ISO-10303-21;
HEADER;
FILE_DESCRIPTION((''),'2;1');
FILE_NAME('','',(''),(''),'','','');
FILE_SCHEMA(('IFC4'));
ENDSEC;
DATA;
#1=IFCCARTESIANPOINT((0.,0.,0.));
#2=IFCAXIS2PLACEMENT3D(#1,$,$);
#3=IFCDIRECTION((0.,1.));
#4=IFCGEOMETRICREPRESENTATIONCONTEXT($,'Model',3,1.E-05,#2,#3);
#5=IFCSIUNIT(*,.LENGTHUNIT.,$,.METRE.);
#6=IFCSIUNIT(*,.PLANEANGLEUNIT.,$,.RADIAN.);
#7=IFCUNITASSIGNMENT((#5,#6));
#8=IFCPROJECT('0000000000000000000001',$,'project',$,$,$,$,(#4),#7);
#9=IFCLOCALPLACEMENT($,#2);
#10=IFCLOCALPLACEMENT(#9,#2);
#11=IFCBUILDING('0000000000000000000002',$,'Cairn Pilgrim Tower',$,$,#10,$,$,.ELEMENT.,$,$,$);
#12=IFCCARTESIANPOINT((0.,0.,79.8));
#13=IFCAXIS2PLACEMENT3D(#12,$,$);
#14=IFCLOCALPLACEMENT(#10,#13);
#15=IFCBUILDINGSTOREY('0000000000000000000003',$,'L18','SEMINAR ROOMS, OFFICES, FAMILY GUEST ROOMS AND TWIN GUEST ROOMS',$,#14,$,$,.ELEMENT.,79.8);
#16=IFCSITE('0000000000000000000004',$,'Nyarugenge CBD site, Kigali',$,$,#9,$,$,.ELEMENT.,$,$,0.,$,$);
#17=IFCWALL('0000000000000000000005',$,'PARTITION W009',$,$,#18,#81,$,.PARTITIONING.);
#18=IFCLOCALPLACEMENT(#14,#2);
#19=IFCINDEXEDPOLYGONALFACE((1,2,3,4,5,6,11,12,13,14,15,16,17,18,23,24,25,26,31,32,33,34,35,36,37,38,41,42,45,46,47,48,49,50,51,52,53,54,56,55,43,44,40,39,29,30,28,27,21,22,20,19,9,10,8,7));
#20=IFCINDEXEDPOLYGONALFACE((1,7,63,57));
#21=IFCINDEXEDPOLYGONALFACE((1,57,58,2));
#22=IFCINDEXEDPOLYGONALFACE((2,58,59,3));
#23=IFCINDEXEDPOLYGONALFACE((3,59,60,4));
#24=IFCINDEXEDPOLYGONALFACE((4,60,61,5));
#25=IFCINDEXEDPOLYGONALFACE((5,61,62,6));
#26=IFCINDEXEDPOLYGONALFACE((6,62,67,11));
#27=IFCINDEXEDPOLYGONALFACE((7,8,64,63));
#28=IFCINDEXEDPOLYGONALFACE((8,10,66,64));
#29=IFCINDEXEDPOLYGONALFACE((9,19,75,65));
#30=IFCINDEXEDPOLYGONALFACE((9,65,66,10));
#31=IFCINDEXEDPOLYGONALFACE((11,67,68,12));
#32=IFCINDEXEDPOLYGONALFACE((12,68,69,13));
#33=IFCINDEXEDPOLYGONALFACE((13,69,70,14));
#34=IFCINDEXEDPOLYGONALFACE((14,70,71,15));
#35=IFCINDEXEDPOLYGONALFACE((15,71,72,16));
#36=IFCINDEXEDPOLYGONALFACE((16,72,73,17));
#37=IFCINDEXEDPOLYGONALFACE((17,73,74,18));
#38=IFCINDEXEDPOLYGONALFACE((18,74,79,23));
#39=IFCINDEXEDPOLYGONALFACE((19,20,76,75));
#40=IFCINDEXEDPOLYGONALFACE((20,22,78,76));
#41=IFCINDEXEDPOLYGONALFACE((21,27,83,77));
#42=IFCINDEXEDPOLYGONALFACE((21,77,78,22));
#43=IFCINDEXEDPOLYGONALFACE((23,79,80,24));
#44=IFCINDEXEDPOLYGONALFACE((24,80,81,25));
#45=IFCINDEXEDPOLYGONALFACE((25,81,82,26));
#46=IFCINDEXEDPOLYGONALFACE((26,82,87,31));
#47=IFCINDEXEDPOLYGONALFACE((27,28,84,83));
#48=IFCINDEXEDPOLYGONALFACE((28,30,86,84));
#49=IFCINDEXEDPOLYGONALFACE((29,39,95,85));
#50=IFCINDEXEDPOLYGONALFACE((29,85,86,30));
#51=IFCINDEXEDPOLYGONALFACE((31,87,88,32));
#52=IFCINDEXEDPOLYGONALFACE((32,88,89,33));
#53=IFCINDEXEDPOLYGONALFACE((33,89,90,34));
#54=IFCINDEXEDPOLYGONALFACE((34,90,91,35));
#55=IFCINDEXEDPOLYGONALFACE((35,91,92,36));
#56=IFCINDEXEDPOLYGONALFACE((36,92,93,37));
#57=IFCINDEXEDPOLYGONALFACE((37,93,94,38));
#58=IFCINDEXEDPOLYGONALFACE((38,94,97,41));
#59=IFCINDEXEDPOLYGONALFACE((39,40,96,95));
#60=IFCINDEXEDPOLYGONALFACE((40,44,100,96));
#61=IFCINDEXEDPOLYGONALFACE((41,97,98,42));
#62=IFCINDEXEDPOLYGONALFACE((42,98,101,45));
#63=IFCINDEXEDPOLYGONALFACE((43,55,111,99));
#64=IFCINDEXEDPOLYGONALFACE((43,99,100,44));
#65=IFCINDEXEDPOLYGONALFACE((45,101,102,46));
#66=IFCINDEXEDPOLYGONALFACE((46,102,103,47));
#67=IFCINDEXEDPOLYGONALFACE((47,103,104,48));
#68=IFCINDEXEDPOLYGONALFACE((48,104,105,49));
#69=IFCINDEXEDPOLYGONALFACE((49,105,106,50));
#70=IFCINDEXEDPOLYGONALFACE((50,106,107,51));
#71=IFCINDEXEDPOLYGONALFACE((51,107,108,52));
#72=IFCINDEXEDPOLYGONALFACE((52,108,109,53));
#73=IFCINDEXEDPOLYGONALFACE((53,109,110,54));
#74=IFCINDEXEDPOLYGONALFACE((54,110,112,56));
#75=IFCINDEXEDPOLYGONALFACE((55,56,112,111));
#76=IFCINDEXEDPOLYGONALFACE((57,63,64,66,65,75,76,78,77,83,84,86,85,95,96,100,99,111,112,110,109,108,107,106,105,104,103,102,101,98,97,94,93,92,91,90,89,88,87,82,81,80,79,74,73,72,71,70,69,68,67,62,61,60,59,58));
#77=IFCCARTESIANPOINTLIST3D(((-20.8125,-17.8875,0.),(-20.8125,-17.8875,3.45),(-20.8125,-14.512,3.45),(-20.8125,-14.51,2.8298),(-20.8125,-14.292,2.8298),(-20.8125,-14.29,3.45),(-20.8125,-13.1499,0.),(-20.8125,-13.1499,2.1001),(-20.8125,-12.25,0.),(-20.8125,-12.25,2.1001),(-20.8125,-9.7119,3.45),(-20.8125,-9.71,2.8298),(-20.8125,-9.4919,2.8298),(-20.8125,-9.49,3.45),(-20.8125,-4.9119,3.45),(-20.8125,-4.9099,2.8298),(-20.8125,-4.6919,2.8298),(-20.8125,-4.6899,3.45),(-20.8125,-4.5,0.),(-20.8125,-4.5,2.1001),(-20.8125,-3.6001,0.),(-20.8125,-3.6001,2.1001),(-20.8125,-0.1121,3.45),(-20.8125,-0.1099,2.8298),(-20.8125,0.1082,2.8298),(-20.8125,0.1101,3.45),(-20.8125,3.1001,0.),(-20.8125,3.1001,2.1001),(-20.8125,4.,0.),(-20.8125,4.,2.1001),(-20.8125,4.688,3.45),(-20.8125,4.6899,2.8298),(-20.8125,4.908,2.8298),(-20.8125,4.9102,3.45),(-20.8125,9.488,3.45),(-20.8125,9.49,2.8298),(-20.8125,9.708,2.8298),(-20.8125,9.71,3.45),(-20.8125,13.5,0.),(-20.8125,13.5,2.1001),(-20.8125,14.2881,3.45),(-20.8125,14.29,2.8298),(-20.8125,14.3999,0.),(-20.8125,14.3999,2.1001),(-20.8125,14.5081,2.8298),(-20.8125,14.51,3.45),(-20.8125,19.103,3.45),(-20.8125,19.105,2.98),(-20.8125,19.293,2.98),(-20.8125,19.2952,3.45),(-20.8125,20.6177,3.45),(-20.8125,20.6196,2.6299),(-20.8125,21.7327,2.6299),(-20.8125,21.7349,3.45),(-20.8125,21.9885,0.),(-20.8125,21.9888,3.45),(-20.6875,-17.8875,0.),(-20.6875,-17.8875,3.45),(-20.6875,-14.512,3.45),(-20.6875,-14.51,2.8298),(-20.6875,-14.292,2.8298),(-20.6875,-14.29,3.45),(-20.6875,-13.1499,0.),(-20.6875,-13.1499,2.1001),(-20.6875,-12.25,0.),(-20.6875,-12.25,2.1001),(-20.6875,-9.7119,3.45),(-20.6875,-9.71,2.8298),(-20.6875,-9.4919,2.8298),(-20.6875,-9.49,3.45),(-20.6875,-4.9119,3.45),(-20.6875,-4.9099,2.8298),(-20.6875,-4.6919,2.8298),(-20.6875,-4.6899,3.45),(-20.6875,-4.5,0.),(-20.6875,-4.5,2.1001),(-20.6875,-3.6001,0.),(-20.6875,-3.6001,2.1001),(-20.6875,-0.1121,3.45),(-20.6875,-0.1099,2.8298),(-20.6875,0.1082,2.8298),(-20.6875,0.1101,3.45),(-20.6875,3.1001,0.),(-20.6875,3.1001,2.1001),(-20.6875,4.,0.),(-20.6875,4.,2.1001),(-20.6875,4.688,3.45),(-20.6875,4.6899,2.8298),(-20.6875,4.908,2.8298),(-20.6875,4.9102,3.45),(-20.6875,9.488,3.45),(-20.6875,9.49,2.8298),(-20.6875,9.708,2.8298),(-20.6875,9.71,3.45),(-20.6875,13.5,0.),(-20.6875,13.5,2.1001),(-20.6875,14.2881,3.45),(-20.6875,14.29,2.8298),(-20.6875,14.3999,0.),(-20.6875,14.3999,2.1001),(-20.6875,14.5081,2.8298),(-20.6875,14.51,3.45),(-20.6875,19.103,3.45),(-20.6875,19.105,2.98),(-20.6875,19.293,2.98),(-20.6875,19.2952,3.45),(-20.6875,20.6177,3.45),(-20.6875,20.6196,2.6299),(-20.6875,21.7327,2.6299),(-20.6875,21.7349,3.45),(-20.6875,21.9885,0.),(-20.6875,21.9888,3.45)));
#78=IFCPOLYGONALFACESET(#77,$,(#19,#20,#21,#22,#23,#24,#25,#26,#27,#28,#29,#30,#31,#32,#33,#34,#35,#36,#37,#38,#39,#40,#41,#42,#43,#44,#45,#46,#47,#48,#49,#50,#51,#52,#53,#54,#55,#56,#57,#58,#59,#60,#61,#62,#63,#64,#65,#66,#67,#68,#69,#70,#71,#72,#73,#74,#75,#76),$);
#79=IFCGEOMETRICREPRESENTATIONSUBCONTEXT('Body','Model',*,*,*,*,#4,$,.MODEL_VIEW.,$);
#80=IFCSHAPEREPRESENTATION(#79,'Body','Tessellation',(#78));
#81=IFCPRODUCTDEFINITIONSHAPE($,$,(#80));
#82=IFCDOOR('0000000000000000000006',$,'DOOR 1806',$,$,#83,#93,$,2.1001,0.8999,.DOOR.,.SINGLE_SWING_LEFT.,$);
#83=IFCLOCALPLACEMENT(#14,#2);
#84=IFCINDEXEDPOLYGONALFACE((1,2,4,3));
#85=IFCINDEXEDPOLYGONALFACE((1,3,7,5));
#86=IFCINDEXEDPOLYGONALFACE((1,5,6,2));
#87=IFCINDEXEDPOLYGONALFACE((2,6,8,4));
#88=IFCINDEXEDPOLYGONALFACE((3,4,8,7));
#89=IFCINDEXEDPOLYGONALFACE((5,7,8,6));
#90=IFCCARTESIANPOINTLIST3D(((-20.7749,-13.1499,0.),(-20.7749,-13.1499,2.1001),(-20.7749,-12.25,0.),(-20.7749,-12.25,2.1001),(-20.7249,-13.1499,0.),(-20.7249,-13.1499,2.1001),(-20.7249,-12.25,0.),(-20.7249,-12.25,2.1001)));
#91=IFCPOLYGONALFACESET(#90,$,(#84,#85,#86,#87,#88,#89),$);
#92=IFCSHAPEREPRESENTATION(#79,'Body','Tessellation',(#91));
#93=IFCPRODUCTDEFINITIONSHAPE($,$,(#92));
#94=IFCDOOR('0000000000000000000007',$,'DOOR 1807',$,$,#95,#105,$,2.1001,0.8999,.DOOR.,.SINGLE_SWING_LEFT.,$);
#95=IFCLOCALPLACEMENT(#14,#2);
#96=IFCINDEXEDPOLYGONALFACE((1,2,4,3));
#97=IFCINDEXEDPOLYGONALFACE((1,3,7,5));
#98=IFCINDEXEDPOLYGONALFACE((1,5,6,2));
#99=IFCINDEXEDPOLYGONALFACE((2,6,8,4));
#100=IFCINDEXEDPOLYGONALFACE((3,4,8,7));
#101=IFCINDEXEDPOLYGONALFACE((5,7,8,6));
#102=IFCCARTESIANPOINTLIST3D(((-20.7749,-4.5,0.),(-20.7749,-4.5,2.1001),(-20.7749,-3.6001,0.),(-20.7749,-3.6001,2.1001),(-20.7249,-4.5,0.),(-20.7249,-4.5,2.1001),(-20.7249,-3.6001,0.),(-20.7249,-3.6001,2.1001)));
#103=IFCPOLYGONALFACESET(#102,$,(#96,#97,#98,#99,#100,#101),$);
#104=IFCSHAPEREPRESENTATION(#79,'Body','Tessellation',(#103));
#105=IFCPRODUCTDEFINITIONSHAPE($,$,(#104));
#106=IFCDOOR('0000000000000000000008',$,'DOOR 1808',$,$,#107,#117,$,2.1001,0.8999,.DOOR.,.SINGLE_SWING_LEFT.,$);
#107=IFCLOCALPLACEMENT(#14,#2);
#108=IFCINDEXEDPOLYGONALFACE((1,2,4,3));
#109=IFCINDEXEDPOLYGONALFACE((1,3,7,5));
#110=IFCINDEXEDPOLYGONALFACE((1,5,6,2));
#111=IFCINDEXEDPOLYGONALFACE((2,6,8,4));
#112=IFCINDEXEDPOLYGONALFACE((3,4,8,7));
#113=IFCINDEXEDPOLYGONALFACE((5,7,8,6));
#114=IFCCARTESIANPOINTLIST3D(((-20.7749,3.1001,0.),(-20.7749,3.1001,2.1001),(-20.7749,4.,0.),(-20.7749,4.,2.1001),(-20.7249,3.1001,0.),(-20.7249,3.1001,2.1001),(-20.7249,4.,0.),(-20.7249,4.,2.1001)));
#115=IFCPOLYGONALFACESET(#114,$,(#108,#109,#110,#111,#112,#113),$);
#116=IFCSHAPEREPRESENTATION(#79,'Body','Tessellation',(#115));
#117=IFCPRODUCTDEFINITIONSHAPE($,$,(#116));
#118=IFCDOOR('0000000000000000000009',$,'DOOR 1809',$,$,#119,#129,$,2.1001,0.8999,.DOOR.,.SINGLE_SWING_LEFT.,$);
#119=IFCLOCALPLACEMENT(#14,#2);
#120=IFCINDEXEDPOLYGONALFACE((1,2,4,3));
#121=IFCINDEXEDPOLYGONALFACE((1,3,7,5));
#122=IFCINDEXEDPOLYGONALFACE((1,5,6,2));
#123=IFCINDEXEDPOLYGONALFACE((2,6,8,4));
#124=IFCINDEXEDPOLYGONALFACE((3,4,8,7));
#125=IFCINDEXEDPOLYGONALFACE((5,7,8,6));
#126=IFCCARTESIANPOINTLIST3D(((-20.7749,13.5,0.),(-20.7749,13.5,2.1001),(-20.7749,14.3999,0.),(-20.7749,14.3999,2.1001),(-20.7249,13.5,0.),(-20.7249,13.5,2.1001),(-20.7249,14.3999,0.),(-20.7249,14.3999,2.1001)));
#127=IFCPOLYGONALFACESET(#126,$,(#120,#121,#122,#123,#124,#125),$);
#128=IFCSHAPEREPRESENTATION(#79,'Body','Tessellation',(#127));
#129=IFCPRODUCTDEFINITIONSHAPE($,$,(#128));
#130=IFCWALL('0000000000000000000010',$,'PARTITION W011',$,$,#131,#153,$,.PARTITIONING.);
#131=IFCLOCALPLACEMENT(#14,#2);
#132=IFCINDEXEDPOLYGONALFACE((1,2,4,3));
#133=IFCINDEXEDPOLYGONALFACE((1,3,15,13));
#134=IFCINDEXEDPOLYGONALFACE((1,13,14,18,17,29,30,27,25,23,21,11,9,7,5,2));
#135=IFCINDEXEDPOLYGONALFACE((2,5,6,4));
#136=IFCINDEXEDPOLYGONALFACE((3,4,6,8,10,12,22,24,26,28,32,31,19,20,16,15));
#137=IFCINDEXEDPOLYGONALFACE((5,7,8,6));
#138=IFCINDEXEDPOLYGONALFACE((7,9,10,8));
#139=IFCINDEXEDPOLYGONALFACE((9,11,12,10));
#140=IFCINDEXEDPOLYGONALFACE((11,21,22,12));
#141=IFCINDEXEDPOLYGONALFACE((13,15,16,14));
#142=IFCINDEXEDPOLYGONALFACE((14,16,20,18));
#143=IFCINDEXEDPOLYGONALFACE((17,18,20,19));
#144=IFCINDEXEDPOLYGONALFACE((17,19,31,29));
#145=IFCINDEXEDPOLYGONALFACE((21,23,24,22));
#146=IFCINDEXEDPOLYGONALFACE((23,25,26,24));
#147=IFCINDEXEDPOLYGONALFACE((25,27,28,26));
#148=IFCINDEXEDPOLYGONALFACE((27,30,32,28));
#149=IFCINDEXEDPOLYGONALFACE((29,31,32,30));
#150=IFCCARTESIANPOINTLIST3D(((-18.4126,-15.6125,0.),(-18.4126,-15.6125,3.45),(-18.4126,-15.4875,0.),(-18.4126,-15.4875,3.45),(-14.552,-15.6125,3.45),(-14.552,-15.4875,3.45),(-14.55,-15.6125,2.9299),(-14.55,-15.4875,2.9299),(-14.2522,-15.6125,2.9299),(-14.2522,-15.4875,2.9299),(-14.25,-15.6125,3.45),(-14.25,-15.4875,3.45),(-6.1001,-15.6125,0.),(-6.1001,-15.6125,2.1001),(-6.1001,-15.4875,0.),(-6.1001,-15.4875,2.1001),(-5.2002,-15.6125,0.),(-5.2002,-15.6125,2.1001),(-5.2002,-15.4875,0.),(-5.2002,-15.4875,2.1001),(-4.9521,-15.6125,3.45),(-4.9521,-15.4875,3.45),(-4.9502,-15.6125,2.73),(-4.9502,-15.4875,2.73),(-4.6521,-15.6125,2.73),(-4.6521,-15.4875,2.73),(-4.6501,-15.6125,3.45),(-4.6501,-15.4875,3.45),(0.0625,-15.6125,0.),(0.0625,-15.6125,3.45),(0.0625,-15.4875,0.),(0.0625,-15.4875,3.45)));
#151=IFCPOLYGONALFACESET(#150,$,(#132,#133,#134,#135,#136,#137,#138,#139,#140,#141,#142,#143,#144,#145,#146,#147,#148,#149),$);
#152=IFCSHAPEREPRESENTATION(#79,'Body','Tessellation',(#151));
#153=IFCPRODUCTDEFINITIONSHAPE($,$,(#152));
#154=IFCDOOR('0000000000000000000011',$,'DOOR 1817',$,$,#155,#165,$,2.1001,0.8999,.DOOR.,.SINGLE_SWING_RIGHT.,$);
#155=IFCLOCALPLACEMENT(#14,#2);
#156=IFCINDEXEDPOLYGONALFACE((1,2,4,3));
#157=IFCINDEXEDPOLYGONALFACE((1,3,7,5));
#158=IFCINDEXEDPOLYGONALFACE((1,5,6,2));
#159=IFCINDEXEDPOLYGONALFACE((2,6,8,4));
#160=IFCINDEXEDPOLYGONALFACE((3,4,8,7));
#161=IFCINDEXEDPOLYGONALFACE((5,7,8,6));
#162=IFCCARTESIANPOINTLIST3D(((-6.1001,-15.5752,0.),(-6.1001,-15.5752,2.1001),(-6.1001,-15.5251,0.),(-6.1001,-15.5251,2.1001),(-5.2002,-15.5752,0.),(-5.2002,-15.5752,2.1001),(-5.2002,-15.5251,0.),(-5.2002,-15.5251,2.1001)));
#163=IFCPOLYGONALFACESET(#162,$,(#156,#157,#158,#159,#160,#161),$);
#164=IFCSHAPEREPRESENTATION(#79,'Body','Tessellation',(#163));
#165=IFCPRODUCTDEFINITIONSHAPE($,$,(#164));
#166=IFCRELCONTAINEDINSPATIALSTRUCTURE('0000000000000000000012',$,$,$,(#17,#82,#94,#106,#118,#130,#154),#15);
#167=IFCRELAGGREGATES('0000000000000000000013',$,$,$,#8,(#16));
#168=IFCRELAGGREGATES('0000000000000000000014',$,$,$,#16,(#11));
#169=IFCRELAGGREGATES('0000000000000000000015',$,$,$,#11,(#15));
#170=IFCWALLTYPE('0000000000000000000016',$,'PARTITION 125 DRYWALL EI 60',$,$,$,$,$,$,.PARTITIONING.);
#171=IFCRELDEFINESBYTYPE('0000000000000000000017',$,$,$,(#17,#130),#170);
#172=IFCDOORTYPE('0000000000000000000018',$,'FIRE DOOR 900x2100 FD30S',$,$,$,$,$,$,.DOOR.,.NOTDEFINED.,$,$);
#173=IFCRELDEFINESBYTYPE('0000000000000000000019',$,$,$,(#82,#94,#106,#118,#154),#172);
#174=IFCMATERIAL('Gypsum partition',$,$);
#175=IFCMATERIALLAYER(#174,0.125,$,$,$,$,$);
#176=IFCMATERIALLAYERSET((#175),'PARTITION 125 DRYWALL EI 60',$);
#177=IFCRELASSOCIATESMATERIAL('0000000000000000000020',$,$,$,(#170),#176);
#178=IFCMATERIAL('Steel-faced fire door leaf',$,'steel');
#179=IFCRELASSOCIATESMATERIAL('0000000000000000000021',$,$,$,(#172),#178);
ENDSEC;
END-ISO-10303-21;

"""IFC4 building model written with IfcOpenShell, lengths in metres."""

from ifc_helpers import new_model, si_unit, direction, frame, frame_2d, origin, place, context, subcontext, project, spatial, polyline, rectangle, outline, extrude, material, layer, layer_set, type_object, element, fill, save


model = new_model("IFC4")

# Units and contexts
model_context = context("Model", 3, precision=1e-05, world=origin(), true_north=direction((0.0, 1.0)))
body_context = subcontext(model_context, "Body", "Model", "MODEL_VIEW")
ifc_project = project(units=[si_unit("LENGTHUNIT", "METRE"), si_unit("PLANEANGLEUNIT", "RADIAN")], contexts=[model_context])

# Site, building, storey
site_placement = place(None, origin())
site = spatial("IfcSite", under=ifc_project, at=site_placement, Name="Nyarugenge CBD site, Kigali", CompositionType="ELEMENT", RefElevation=0.0)
building_placement = place(site_placement, origin())
building = spatial("IfcBuilding", under=site, at=building_placement, Name="Cairn Pilgrim Tower", CompositionType="ELEMENT")
storey_placement = place(building_placement, frame((0.0, 0.0, 79.8)))
storey = spatial("IfcBuildingStorey", under=building, at=storey_placement, Name="L18", Description="SEMINAR ROOMS, OFFICES, FAMILY GUEST ROOMS AND TWIN GUEST ROOMS", CompositionType="ELEMENT", Elevation=79.8)

# Wall, openings, doors
ifc_material_1 = material(Name="Gypsum partition")
ifc_layer_1 = layer(ifc_material_1, 0.125)
ifc_layer_set_1 = layer_set([ifc_layer_1], Name="PARTITION 125 DRYWALL EI 60")
wall_type_1 = type_object("IfcWallType", Name="PARTITION 125 DRYWALL EI 60", PredefinedType="PARTITIONING", material=ifc_layer_set_1)
ifc_material_2 = material(Name="Steel-faced fire door leaf", Category="steel")
door_type_1 = type_object("IfcDoorType", Name="FIRE DOOR 900x2100 FD30S", OperationType="NOTDEFINED", PredefinedType="DOOR", material=ifc_material_2)
wall_1_placement = place(storey_placement, frame((-20.75, -17.8875, 0.0), z_axis=(0.0, 0.0, 1.0), x_axis=(0.0, 1.0, 0.0)))
wall_1 = element("IfcWall", 1, at=wall_1_placement, inside=storey, type_object=wall_type_1, Name="PARTITION W009", PredefinedType="PARTITIONING", context=body_context, shape_type="SweptSolid", body=[
    extrude(outline(polyline([(0.0, 0.0), (39.876, 0.0), (39.8762, 3.45), (39.6223, 3.45), (39.6201, 2.6299), (38.5071, 2.6299), (38.5051, 3.45), (37.1826, 3.45), (37.1804, 2.98), (36.9924, 2.98), (36.9905, 3.45), (32.3975, 3.45), (32.3955, 2.8298), (32.1775, 2.8298), (32.1755, 3.45), (27.5974, 3.45), (27.5955, 2.8298), (27.3774, 2.8298), (27.3755, 3.45), (22.7976, 3.45), (22.7954, 2.8298), (22.5774, 2.8298), (22.5754, 3.45), (17.9976, 3.45), (17.9956, 2.8298), (17.7776, 2.8298), (17.7754, 3.45), (13.1975, 3.45), (13.1956, 2.8298), (12.9775, 2.8298), (12.9756, 3.45), (8.3975, 3.45), (8.3955, 2.8298), (8.1775, 2.8298), (8.1755, 3.45), (3.5974, 3.45), (3.5955, 2.8298), (3.3774, 2.8298), (3.3755, 3.45), (0.0, 3.45), (0.0, 0.0)])), frame((0.0, 0.0625, 0.0), z_axis=(0.0, -1.0, 0.0), x_axis=(1.0, 0.0, 0.0)), (0.0, 0.0, 1.0), 0.125),
])
opening_1_placement = place(wall_1_placement, frame((4.7375, 0.0, 0.0)))
opening_1 = element("IfcOpeningElement", 2, at=opening_1_placement, cuts=wall_1, PredefinedType="OPENING", context=body_context, shape_type="SweptSolid", body=[
    extrude(rectangle(XDim=0.8999, YDim=2.1001, at=frame_2d((0.45, 1.05))), frame((0.0, 0.0725, 0.0), z_axis=(0.0, -1.0, 0.0), x_axis=(1.0, 0.0, 0.0)), (0.0, 0.0, 1.0), 0.145),
])
opening_2_placement = place(wall_1_placement, frame((13.3875, 0.0, 0.0)))
opening_2 = element("IfcOpeningElement", 3, at=opening_2_placement, cuts=wall_1, PredefinedType="OPENING", context=body_context, shape_type="SweptSolid", body=[
    extrude(rectangle(XDim=0.8999, YDim=2.1001, at=frame_2d((0.45, 1.05))), frame((0.0, 0.0725, 0.0), z_axis=(0.0, -1.0, 0.0), x_axis=(1.0, 0.0, 0.0)), (0.0, 0.0, 1.0), 0.145),
])
opening_3_placement = place(wall_1_placement, frame((20.9875, 0.0, 0.0)))
opening_3 = element("IfcOpeningElement", 4, at=opening_3_placement, cuts=wall_1, PredefinedType="OPENING", context=body_context, shape_type="SweptSolid", body=[
    extrude(rectangle(XDim=0.8999, YDim=2.1001, at=frame_2d((0.45, 1.05))), frame((0.0, 0.0725, 0.0), z_axis=(0.0, -1.0, 0.0), x_axis=(1.0, 0.0, 0.0)), (0.0, 0.0, 1.0), 0.145),
])
opening_4_placement = place(wall_1_placement, frame((31.3875, 0.0, 0.0)))
opening_4 = element("IfcOpeningElement", 5, at=opening_4_placement, cuts=wall_1, PredefinedType="OPENING", context=body_context, shape_type="SweptSolid", body=[
    extrude(rectangle(XDim=0.8999, YDim=2.1001, at=frame_2d((0.45, 1.05))), frame((0.0, 0.0725, 0.0), z_axis=(0.0, -1.0, 0.0), x_axis=(1.0, 0.0, 0.0)), (0.0, 0.0, 1.0), 0.145),
])
door_1_placement = place(opening_1_placement, origin())
door_1 = element("IfcDoor", 6, at=door_1_placement, inside=storey, type_object=door_type_1, Name="DOOR 1806", OperationType="SINGLE_SWING_LEFT", OverallHeight=2.1001, OverallWidth=0.8999, PredefinedType="DOOR", context=body_context, shape_type="SweptSolid", body=[
    extrude(rectangle(XDim=0.8999, YDim=2.1001, at=frame_2d((0.45, 1.05))), frame((0.0, 0.0249, 0.0), z_axis=(0.0, -1.0, 0.0), x_axis=(1.0, 0.0, 0.0)), (0.0, 0.0, 1.0), 0.05),
])
fill(opening_1, door_1)
door_2_placement = place(opening_2_placement, origin())
door_2 = element("IfcDoor", 7, at=door_2_placement, inside=storey, type_object=door_type_1, Name="DOOR 1807", OperationType="SINGLE_SWING_LEFT", OverallHeight=2.1001, OverallWidth=0.8999, PredefinedType="DOOR", context=body_context, shape_type="SweptSolid", body=[
    extrude(rectangle(XDim=0.8999, YDim=2.1001, at=frame_2d((0.45, 1.05))), frame((0.0, 0.0249, 0.0), z_axis=(0.0, -1.0, 0.0), x_axis=(1.0, 0.0, 0.0)), (0.0, 0.0, 1.0), 0.05),
])
fill(opening_2, door_2)
door_3_placement = place(opening_3_placement, origin())
door_3 = element("IfcDoor", 8, at=door_3_placement, inside=storey, type_object=door_type_1, Name="DOOR 1808", OperationType="SINGLE_SWING_LEFT", OverallHeight=2.1001, OverallWidth=0.8999, PredefinedType="DOOR", context=body_context, shape_type="SweptSolid", body=[
    extrude(rectangle(XDim=0.8999, YDim=2.1001, at=frame_2d((0.45, 1.05))), frame((0.0, 0.0249, 0.0), z_axis=(0.0, -1.0, 0.0), x_axis=(1.0, 0.0, 0.0)), (0.0, 0.0, 1.0), 0.05),
])
fill(opening_3, door_3)
door_4_placement = place(opening_4_placement, origin())
door_4 = element("IfcDoor", 9, at=door_4_placement, inside=storey, type_object=door_type_1, Name="DOOR 1809", OperationType="SINGLE_SWING_LEFT", OverallHeight=2.1001, OverallWidth=0.8999, PredefinedType="DOOR", context=body_context, shape_type="SweptSolid", body=[
    extrude(rectangle(XDim=0.8999, YDim=2.1001, at=frame_2d((0.45, 1.05))), frame((0.0, 0.0249, 0.0), z_axis=(0.0, -1.0, 0.0), x_axis=(1.0, 0.0, 0.0)), (0.0, 0.0, 1.0), 0.05),
])
fill(opening_4, door_4)

# Wall, opening, door
wall_2_placement = place(storey_placement, frame((-18.4126, -15.55, 0.0), z_axis=(0.0, 0.0, 1.0), x_axis=(1.0, 0.0, 0.0)))
wall_2 = element("IfcWall", 10, at=wall_2_placement, inside=storey, type_object=wall_type_1, Name="PARTITION W011", PredefinedType="PARTITIONING", context=body_context, shape_type="SweptSolid", body=[
    extrude(outline(polyline([(0.0, 0.0), (18.4751, 0.0), (18.4751, 3.45), (13.7625, 3.45), (13.7605, 2.73), (13.4624, 2.73), (13.4604, 3.45), (4.1626, 3.45), (4.1604, 2.9299), (3.8625, 2.9299), (3.8606, 3.45), (0.0, 3.45), (0.0, 0.0)])), frame((0.0, 0.0625, 0.0), z_axis=(0.0, -1.0, 0.0), x_axis=(1.0, 0.0, 0.0)), (0.0, 0.0, 1.0), 0.125),
])
opening_5_placement = place(wall_2_placement, frame((12.3125, 0.0, 0.0)))
opening_5 = element("IfcOpeningElement", 11, at=opening_5_placement, cuts=wall_2, PredefinedType="OPENING", context=body_context, shape_type="SweptSolid", body=[
    extrude(rectangle(XDim=0.8999, YDim=2.1001, at=frame_2d((0.45, 1.05))), frame((0.0, 0.0725, 0.0), z_axis=(0.0, -1.0, 0.0), x_axis=(1.0, 0.0, 0.0)), (0.0, 0.0, 1.0), 0.145),
])
door_5_placement = place(opening_5_placement, origin())
door_5 = element("IfcDoor", 12, at=door_5_placement, inside=storey, type_object=door_type_1, Name="DOOR 1817", OperationType="SINGLE_SWING_RIGHT", OverallHeight=2.1001, OverallWidth=0.8999, PredefinedType="DOOR", context=body_context, shape_type="SweptSolid", body=[
    extrude(rectangle(XDim=0.8999, YDim=2.1001, at=frame_2d((0.45, 1.05))), frame((0.0, 0.0249, 0.0), z_axis=(0.0, -1.0, 0.0), x_axis=(1.0, 0.0, 0.0)), (0.0, 0.0, 1.0), 0.05),
])
fill(opening_5, door_5)

save(model, "model.ifc")
